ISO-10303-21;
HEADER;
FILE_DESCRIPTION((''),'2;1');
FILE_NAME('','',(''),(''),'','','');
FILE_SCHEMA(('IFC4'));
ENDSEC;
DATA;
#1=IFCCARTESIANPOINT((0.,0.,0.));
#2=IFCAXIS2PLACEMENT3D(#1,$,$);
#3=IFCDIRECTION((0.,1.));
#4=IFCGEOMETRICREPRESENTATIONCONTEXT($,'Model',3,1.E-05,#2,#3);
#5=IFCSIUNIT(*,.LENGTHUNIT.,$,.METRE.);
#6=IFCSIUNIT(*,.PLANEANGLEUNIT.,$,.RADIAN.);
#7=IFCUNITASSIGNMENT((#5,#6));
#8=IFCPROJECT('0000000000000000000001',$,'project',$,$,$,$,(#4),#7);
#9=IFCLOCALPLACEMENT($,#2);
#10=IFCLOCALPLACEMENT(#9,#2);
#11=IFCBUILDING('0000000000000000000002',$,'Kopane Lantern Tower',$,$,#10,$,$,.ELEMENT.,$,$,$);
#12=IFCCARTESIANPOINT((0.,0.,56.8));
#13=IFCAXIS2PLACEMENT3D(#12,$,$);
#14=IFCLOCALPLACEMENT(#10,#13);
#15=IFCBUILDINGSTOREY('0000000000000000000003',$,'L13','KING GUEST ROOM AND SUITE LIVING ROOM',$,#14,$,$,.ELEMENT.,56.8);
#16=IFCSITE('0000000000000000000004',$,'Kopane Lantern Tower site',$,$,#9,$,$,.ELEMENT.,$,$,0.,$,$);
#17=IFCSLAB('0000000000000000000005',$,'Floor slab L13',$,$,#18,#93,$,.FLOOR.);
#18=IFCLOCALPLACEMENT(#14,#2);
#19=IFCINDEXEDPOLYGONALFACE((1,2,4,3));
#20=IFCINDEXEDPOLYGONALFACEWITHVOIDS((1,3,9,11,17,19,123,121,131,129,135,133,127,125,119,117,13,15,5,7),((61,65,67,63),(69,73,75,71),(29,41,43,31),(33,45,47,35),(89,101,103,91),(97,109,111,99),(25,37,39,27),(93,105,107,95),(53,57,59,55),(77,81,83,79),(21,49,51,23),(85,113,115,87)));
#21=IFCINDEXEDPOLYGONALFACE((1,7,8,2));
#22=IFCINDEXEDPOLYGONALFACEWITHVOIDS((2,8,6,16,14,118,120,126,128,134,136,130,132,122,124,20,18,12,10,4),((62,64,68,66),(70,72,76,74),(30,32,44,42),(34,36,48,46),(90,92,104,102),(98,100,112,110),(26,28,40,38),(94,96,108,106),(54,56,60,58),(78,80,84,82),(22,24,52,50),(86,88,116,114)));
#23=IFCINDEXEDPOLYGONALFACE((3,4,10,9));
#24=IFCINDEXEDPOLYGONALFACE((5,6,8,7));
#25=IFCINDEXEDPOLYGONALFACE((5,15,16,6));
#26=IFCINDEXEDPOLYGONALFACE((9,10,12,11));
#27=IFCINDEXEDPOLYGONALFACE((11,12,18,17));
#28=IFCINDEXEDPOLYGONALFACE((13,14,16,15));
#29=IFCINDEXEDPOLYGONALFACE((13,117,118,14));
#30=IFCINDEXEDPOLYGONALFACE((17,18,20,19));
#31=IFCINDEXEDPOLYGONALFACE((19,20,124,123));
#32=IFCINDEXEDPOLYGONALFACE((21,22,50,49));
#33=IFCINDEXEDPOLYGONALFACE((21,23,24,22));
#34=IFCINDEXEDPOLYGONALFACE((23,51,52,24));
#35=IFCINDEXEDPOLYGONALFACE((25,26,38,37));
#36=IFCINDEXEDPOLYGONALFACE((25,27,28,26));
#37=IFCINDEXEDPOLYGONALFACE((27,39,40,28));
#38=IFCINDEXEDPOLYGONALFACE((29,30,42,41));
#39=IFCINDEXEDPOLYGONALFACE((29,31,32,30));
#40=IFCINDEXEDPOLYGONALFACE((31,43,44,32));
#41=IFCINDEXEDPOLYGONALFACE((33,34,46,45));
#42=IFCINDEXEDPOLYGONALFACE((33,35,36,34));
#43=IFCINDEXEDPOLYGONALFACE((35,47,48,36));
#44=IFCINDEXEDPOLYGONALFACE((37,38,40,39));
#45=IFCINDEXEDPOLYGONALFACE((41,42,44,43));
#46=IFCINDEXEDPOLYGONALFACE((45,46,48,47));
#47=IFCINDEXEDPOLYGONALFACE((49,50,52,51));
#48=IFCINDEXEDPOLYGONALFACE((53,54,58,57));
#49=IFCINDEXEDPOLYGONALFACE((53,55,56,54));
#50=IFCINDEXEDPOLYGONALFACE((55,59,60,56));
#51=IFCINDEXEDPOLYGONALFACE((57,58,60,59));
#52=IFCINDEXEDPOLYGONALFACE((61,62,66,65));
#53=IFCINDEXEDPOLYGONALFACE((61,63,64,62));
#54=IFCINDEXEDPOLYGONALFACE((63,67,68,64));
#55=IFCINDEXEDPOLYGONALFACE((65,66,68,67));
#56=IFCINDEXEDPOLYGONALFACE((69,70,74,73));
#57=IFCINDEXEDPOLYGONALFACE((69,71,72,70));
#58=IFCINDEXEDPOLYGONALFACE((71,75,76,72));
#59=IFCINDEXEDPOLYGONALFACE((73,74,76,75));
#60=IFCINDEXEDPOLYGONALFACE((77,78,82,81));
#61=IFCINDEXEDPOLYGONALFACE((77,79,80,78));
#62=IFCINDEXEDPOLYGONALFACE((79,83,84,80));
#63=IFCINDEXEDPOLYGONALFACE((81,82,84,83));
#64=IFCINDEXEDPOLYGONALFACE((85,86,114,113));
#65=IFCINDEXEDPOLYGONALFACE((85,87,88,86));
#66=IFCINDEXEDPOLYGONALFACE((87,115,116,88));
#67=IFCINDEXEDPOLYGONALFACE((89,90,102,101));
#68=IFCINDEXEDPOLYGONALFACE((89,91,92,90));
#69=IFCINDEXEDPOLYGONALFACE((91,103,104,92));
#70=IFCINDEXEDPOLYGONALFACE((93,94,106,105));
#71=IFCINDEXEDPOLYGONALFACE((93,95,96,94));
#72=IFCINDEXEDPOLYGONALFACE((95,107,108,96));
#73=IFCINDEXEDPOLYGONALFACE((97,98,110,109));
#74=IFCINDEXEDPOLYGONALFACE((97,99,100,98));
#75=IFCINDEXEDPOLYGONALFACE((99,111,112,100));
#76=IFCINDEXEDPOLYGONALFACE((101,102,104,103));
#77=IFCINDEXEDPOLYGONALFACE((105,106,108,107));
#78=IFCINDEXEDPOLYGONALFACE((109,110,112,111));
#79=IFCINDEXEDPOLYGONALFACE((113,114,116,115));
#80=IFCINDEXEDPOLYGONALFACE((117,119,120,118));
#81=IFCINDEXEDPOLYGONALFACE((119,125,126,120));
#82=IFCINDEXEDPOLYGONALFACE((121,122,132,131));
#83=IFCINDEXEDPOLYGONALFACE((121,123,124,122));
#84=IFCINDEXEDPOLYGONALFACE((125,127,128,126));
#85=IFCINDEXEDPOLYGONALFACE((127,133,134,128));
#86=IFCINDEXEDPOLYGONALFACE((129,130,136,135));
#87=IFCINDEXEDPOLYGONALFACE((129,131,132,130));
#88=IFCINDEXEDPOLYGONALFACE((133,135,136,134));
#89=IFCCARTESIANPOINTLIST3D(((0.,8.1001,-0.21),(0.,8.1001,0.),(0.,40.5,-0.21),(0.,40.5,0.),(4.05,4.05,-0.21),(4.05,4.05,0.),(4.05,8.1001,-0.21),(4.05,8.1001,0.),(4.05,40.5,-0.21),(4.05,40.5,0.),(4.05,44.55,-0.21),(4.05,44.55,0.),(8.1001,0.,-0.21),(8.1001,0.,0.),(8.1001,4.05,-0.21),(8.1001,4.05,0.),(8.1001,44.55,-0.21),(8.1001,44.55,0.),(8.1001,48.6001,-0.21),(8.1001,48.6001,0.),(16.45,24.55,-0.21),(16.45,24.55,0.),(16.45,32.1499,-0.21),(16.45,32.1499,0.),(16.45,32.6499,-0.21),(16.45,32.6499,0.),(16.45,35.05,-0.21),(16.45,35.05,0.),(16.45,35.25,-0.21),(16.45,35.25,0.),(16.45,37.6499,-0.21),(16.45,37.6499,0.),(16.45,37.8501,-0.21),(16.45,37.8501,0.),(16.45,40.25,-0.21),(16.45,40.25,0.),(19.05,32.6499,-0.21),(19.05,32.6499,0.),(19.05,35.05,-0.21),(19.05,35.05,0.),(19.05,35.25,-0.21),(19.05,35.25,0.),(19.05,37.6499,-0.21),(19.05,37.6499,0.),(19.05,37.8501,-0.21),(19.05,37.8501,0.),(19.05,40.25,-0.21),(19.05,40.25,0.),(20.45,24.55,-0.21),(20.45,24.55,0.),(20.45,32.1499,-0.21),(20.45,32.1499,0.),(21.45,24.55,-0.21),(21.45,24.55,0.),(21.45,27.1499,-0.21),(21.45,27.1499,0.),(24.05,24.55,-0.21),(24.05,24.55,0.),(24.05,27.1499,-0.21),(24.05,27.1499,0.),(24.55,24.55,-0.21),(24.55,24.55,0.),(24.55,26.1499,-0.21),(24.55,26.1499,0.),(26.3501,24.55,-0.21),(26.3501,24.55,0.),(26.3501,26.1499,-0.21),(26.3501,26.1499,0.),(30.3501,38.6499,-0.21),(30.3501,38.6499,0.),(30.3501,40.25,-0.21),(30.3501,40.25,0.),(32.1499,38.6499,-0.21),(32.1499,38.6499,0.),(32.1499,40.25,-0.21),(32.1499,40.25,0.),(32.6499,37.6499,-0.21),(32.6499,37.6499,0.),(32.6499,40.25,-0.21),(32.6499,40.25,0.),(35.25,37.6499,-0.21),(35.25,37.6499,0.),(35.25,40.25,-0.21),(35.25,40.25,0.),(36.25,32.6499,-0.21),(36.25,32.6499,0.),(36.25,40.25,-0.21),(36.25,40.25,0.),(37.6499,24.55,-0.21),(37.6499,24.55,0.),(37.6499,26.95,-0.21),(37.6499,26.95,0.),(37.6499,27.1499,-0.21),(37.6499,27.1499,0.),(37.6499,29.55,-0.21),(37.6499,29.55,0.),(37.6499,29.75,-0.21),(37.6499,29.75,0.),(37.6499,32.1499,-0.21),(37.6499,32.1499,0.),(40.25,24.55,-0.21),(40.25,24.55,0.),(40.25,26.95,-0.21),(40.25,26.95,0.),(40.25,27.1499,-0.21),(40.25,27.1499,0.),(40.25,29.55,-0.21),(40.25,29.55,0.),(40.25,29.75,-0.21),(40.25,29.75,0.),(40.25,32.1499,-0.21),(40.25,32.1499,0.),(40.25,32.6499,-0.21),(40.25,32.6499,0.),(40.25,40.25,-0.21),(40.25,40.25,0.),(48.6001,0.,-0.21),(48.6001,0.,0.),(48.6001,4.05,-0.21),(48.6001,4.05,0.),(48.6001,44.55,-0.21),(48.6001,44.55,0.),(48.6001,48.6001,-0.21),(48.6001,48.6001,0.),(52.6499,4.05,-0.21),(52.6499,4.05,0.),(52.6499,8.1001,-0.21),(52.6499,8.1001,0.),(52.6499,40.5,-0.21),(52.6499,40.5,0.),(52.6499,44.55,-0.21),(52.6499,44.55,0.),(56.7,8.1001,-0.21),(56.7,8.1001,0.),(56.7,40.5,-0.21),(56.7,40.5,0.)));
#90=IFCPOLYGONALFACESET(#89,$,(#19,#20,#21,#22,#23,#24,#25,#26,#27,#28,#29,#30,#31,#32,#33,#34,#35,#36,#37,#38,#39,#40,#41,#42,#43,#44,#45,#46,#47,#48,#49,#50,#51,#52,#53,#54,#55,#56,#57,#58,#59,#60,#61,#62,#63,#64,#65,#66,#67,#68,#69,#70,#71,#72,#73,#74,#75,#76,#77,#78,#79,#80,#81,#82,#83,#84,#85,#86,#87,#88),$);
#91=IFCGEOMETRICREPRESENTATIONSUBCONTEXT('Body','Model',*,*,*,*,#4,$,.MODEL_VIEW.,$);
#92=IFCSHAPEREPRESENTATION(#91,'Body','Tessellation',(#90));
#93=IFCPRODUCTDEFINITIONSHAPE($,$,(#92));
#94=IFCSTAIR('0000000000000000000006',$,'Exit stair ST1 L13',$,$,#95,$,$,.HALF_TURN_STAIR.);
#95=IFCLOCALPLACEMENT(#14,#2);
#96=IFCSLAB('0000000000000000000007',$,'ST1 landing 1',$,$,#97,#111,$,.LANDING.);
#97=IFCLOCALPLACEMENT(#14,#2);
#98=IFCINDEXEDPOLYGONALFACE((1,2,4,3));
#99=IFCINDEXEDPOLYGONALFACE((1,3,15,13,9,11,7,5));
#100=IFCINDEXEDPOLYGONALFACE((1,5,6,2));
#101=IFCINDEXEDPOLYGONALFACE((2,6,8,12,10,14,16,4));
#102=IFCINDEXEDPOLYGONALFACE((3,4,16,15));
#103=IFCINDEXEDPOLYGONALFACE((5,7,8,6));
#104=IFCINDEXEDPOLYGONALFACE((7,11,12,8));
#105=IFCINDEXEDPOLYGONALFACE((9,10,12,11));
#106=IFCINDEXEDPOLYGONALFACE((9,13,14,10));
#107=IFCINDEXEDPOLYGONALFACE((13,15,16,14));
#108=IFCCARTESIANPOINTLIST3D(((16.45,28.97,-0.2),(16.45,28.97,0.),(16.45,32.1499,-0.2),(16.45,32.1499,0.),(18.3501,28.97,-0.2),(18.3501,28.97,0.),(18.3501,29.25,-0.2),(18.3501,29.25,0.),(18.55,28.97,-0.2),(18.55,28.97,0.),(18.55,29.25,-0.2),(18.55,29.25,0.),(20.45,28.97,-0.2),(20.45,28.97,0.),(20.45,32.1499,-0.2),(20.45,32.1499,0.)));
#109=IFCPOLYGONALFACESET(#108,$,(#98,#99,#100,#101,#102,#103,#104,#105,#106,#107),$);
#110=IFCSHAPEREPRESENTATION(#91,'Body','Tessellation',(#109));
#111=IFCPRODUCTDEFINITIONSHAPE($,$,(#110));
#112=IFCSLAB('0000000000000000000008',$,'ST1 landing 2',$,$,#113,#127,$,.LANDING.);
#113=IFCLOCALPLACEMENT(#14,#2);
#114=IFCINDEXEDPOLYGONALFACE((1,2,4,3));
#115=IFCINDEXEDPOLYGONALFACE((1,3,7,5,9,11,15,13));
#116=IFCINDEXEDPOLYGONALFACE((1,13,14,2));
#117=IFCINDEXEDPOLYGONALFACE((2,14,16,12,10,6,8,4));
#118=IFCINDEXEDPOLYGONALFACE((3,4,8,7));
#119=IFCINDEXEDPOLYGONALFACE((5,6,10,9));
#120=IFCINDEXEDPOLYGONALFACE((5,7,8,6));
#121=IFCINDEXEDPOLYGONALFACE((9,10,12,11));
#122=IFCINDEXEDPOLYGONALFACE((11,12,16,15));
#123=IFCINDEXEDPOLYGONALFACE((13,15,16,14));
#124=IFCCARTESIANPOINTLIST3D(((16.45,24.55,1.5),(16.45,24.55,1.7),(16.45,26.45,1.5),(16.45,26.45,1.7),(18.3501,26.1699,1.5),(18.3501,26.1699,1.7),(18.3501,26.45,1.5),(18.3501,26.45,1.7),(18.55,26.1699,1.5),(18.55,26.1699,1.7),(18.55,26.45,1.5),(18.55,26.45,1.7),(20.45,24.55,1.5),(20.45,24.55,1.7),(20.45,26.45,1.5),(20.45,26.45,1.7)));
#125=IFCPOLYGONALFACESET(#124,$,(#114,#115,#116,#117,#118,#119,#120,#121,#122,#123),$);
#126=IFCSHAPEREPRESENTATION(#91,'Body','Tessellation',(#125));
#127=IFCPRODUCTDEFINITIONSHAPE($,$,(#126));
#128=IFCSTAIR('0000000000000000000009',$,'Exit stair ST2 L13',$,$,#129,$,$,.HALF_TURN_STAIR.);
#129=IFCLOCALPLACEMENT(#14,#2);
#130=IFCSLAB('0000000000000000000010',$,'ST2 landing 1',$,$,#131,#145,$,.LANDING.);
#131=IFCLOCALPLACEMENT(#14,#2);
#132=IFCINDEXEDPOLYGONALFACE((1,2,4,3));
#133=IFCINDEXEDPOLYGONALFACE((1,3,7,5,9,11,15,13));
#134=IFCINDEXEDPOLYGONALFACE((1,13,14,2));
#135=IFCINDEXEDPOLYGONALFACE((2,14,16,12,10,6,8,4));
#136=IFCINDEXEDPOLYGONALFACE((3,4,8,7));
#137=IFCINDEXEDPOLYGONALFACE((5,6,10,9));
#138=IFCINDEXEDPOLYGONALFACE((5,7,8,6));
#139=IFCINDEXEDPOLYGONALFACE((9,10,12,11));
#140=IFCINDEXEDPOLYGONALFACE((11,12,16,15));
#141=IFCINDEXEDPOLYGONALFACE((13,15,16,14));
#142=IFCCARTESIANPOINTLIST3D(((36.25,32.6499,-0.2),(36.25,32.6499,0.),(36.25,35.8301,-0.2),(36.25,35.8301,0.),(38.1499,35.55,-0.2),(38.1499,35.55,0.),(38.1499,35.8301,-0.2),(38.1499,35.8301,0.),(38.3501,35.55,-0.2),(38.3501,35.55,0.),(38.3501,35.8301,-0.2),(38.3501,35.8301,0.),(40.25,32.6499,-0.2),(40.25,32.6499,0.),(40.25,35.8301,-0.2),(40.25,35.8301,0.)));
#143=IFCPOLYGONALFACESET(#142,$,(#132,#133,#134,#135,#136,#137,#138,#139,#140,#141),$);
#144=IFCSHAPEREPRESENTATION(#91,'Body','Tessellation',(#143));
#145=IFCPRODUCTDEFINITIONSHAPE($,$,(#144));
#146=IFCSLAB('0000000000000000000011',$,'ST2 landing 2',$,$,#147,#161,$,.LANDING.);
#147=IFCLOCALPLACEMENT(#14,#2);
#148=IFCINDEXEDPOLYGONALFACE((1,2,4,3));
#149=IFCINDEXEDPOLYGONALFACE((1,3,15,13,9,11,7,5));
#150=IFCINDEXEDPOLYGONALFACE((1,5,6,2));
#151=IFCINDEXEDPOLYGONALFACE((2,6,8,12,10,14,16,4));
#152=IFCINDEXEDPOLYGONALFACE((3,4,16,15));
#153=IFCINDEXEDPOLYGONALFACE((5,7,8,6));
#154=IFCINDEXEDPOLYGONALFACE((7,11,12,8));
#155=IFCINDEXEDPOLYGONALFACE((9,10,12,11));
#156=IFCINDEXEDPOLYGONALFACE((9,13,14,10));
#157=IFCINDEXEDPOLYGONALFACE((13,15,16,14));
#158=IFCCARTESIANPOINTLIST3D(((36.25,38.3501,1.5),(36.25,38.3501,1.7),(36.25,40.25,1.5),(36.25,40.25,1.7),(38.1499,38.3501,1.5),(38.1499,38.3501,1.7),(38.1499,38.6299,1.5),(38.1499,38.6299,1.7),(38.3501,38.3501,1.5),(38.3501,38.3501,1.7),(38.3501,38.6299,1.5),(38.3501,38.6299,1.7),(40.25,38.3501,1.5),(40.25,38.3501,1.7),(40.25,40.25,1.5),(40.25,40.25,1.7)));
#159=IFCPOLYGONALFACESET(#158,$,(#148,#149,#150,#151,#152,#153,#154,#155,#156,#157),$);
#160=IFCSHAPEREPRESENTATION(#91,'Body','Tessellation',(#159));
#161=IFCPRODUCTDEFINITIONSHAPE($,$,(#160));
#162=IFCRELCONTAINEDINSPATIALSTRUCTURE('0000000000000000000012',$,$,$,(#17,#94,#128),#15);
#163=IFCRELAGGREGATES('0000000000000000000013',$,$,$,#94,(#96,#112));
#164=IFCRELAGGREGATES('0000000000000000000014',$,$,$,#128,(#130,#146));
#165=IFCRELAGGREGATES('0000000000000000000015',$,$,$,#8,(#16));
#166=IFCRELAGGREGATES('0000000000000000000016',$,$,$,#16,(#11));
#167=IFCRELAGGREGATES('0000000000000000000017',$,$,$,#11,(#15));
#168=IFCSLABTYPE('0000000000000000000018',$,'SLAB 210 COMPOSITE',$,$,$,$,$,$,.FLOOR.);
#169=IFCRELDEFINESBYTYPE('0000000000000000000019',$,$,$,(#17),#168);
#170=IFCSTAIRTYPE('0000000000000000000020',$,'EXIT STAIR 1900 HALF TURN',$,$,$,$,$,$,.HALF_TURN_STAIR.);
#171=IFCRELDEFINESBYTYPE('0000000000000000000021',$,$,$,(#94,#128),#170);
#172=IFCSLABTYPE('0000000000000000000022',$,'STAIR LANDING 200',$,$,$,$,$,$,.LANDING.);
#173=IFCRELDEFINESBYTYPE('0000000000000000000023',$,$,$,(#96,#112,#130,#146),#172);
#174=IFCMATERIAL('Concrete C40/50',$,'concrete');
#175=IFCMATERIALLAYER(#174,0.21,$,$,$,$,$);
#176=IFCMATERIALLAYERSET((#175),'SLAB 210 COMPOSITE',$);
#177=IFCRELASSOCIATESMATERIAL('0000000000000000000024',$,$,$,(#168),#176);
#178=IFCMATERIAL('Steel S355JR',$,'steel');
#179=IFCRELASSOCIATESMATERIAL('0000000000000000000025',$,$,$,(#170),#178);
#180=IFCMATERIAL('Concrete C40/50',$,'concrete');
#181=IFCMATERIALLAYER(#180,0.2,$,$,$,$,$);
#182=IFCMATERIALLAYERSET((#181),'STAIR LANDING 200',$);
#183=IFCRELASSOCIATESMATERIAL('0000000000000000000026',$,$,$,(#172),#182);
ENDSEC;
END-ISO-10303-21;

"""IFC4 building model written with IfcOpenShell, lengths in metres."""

from ifc_helpers import new_model, si_unit, direction, frame, origin, place, context, subcontext, project, spatial, polyline, outline, extrude, material, layer, layer_set, type_object, element, aggregate, save


model = new_model("IFC4")

# Units and contexts
model_context = context("Model", 3, precision=1e-05, world=origin(), true_north=direction((0.0, 1.0)))
body_context = subcontext(model_context, "Body", "Model", "MODEL_VIEW")
ifc_project = project(units=[si_unit("LENGTHUNIT", "METRE"), si_unit("PLANEANGLEUNIT", "RADIAN")], contexts=[model_context])

# Site, building, storey
site_placement = place(None, origin())
site = spatial("IfcSite", under=ifc_project, at=site_placement, Name="Kopane Lantern Tower site", CompositionType="ELEMENT", RefElevation=0.0)
building_placement = place(site_placement, origin())
building = spatial("IfcBuilding", under=site, at=building_placement, Name="Kopane Lantern Tower", CompositionType="ELEMENT")
storey_placement = place(building_placement, frame((0.0, 0.0, 56.8)))
storey = spatial("IfcBuildingStorey", under=building, at=storey_placement, Name="L13", Description="KING GUEST ROOM AND SUITE LIVING ROOM", CompositionType="ELEMENT", Elevation=56.8)

# Slab
ifc_material_1 = material(Name="Concrete C40/50", Category="concrete")
ifc_layer_1 = layer(ifc_material_1, 0.21)
ifc_layer_set_1 = layer_set([ifc_layer_1], Name="SLAB 210 COMPOSITE")
slab_type_1 = type_object("IfcSlabType", Name="SLAB 210 COMPOSITE", PredefinedType="FLOOR", material=ifc_layer_set_1)
slab_1_placement = place(storey_placement, frame((0.0, 0.0, -0.21)))
element("IfcSlab", 1, at=slab_1_placement, inside=storey, type_object=slab_type_1, Name="Floor slab L13", PredefinedType="FLOOR", context=body_context, shape_type="SweptSolid", body=[
    extrude(outline(polyline([(8.1001, 0.0), (48.6001, 0.0), (48.6001, 4.05), (52.6499, 4.05), (52.6499, 8.1001), (56.7, 8.1001), (56.7, 40.5), (52.6499, 40.5), (52.6499, 44.55), (48.6001, 44.55), (48.6001, 48.6001), (8.1001, 48.6001), (8.1001, 44.55), (4.05, 44.55), (4.05, 40.5), (0.0, 40.5), (0.0, 8.1001), (4.05, 8.1001), (4.05, 4.05), (8.1001, 4.05), (8.1001, 0.0)]), holes=[polyline([(16.45, 24.55), (20.45, 24.55), (20.45, 32.1499), (16.45, 32.1499), (16.45, 24.55)]), polyline([(36.25, 32.6499), (40.25, 32.6499), (40.25, 40.25), (36.25, 40.25), (36.25, 32.6499)]), polyline([(16.45, 32.6499), (19.05, 32.6499), (19.05, 35.05), (16.45, 35.05), (16.45, 32.6499)]), polyline([(16.45, 35.25), (19.05, 35.25), (19.05, 37.6499), (16.45, 37.6499), (16.45, 35.25)]), polyline([(16.45, 37.8501), (19.05, 37.8501), (19.05, 40.25), (16.45, 40.25), (16.45, 37.8501)]), polyline([(37.6499, 24.55), (40.25, 24.55), (40.25, 26.95), (37.6499, 26.95), (37.6499, 24.55)]), polyline([(37.6499, 27.1499), (40.25, 27.1499), (40.25, 29.55), (37.6499, 29.55), (37.6499, 27.1499)]), polyline([(37.6499, 29.75), (40.25, 29.75), (40.25, 32.1499), (37.6499, 32.1499), (37.6499, 29.75)]), polyline([(21.45, 24.55), (24.05, 24.55), (24.05, 27.1499), (21.45, 27.1499), (21.45, 24.55)]), polyline([(32.6499, 37.6499), (35.25, 37.6499), (35.25, 40.25), (32.6499, 40.25), (32.6499, 37.6499)]), polyline([(24.55, 24.55), (26.3501, 24.55), (26.3501, 26.1499), (24.55, 26.1499), (24.55, 24.55)]), polyline([(30.3501, 38.6499), (32.1499, 38.6499), (32.1499, 40.25), (30.3501, 40.25), (30.3501, 38.6499)])]), origin(), (0.0, 0.0, 1.0), 0.21),
])

# Stairs, slabs
ifc_material_2 = material(Name="Steel S355JR", Category="steel")
stair_type = type_object("IfcStairType", Name="EXIT STAIR 1900 HALF TURN", PredefinedType="HALF_TURN_STAIR", material=ifc_material_2)
stair_1_placement = place(storey_placement, origin())
stair_1 = element("IfcStair", 2, at=stair_1_placement, inside=storey, type_object=stair_type, Name="Exit stair ST1 L13", PredefinedType="HALF_TURN_STAIR")
ifc_material_3 = material(Name="Concrete C40/50", Category="concrete")
ifc_layer_2 = layer(ifc_material_3, 0.2)
ifc_layer_set_2 = layer_set([ifc_layer_2], Name="STAIR LANDING 200")
slab_type_2 = type_object("IfcSlabType", Name="STAIR LANDING 200", PredefinedType="LANDING", material=ifc_layer_set_2)
slab_2_placement = place(storey_placement, frame((0.0, 0.0, -0.2)))
slab_2 = element("IfcSlab", 3, at=slab_2_placement, type_object=slab_type_2, Name="ST1 landing 1", PredefinedType="LANDING", context=body_context, shape_type="SweptSolid", body=[
    extrude(outline(polyline([(18.3501, 29.25), (18.55, 29.25), (18.55, 28.97), (20.45, 28.97), (20.45, 32.1499), (16.45, 32.1499), (16.45, 28.97), (18.3501, 28.97), (18.3501, 29.25)])), origin(), (0.0, 0.0, 1.0), 0.2),
])
slab_3_placement = place(storey_placement, frame((0.0, 0.0, 1.5)))
slab_3 = element("IfcSlab", 4, at=slab_3_placement, type_object=slab_type_2, Name="ST1 landing 2", PredefinedType="LANDING", context=body_context, shape_type="SweptSolid", body=[
    extrude(outline(polyline([(20.45, 26.45), (18.55, 26.45), (18.55, 26.1699), (18.3501, 26.1699), (18.3501, 26.45), (16.45, 26.45), (16.45, 24.55), (20.45, 24.55), (20.45, 26.45)])), origin(), (0.0, 0.0, 1.0), 0.2),
])
aggregate(stair_1, [slab_2, slab_3])
stair_2_placement = place(storey_placement, origin())
stair_2 = element("IfcStair", 5, at=stair_2_placement, inside=storey, type_object=stair_type, Name="Exit stair ST2 L13", PredefinedType="HALF_TURN_STAIR")
slab_4_placement = place(storey_placement, frame((0.0, 0.0, -0.2)))
slab_4 = element("IfcSlab", 6, at=slab_4_placement, type_object=slab_type_2, Name="ST2 landing 1", PredefinedType="LANDING", context=body_context, shape_type="SweptSolid", body=[
    extrude(outline(polyline([(40.25, 35.8301), (38.3501, 35.8301), (38.3501, 35.55), (38.1499, 35.55), (38.1499, 35.8301), (36.25, 35.8301), (36.25, 32.6499), (40.25, 32.6499), (40.25, 35.8301)])), origin(), (0.0, 0.0, 1.0), 0.2),
])
slab_5_placement = place(storey_placement, frame((0.0, 0.0, 1.5)))
slab_5 = element("IfcSlab", 7, at=slab_5_placement, type_object=slab_type_2, Name="ST2 landing 2", PredefinedType="LANDING", context=body_context, shape_type="SweptSolid", body=[
    extrude(outline(polyline([(38.1499, 38.6299), (38.3501, 38.6299), (38.3501, 38.3501), (40.25, 38.3501), (40.25, 40.25), (36.25, 40.25), (36.25, 38.3501), (38.1499, 38.3501), (38.1499, 38.6299)])), origin(), (0.0, 0.0, 1.0), 0.2),
])
aggregate(stair_2, [slab_4, slab_5])

save(model, "model.ifc")
